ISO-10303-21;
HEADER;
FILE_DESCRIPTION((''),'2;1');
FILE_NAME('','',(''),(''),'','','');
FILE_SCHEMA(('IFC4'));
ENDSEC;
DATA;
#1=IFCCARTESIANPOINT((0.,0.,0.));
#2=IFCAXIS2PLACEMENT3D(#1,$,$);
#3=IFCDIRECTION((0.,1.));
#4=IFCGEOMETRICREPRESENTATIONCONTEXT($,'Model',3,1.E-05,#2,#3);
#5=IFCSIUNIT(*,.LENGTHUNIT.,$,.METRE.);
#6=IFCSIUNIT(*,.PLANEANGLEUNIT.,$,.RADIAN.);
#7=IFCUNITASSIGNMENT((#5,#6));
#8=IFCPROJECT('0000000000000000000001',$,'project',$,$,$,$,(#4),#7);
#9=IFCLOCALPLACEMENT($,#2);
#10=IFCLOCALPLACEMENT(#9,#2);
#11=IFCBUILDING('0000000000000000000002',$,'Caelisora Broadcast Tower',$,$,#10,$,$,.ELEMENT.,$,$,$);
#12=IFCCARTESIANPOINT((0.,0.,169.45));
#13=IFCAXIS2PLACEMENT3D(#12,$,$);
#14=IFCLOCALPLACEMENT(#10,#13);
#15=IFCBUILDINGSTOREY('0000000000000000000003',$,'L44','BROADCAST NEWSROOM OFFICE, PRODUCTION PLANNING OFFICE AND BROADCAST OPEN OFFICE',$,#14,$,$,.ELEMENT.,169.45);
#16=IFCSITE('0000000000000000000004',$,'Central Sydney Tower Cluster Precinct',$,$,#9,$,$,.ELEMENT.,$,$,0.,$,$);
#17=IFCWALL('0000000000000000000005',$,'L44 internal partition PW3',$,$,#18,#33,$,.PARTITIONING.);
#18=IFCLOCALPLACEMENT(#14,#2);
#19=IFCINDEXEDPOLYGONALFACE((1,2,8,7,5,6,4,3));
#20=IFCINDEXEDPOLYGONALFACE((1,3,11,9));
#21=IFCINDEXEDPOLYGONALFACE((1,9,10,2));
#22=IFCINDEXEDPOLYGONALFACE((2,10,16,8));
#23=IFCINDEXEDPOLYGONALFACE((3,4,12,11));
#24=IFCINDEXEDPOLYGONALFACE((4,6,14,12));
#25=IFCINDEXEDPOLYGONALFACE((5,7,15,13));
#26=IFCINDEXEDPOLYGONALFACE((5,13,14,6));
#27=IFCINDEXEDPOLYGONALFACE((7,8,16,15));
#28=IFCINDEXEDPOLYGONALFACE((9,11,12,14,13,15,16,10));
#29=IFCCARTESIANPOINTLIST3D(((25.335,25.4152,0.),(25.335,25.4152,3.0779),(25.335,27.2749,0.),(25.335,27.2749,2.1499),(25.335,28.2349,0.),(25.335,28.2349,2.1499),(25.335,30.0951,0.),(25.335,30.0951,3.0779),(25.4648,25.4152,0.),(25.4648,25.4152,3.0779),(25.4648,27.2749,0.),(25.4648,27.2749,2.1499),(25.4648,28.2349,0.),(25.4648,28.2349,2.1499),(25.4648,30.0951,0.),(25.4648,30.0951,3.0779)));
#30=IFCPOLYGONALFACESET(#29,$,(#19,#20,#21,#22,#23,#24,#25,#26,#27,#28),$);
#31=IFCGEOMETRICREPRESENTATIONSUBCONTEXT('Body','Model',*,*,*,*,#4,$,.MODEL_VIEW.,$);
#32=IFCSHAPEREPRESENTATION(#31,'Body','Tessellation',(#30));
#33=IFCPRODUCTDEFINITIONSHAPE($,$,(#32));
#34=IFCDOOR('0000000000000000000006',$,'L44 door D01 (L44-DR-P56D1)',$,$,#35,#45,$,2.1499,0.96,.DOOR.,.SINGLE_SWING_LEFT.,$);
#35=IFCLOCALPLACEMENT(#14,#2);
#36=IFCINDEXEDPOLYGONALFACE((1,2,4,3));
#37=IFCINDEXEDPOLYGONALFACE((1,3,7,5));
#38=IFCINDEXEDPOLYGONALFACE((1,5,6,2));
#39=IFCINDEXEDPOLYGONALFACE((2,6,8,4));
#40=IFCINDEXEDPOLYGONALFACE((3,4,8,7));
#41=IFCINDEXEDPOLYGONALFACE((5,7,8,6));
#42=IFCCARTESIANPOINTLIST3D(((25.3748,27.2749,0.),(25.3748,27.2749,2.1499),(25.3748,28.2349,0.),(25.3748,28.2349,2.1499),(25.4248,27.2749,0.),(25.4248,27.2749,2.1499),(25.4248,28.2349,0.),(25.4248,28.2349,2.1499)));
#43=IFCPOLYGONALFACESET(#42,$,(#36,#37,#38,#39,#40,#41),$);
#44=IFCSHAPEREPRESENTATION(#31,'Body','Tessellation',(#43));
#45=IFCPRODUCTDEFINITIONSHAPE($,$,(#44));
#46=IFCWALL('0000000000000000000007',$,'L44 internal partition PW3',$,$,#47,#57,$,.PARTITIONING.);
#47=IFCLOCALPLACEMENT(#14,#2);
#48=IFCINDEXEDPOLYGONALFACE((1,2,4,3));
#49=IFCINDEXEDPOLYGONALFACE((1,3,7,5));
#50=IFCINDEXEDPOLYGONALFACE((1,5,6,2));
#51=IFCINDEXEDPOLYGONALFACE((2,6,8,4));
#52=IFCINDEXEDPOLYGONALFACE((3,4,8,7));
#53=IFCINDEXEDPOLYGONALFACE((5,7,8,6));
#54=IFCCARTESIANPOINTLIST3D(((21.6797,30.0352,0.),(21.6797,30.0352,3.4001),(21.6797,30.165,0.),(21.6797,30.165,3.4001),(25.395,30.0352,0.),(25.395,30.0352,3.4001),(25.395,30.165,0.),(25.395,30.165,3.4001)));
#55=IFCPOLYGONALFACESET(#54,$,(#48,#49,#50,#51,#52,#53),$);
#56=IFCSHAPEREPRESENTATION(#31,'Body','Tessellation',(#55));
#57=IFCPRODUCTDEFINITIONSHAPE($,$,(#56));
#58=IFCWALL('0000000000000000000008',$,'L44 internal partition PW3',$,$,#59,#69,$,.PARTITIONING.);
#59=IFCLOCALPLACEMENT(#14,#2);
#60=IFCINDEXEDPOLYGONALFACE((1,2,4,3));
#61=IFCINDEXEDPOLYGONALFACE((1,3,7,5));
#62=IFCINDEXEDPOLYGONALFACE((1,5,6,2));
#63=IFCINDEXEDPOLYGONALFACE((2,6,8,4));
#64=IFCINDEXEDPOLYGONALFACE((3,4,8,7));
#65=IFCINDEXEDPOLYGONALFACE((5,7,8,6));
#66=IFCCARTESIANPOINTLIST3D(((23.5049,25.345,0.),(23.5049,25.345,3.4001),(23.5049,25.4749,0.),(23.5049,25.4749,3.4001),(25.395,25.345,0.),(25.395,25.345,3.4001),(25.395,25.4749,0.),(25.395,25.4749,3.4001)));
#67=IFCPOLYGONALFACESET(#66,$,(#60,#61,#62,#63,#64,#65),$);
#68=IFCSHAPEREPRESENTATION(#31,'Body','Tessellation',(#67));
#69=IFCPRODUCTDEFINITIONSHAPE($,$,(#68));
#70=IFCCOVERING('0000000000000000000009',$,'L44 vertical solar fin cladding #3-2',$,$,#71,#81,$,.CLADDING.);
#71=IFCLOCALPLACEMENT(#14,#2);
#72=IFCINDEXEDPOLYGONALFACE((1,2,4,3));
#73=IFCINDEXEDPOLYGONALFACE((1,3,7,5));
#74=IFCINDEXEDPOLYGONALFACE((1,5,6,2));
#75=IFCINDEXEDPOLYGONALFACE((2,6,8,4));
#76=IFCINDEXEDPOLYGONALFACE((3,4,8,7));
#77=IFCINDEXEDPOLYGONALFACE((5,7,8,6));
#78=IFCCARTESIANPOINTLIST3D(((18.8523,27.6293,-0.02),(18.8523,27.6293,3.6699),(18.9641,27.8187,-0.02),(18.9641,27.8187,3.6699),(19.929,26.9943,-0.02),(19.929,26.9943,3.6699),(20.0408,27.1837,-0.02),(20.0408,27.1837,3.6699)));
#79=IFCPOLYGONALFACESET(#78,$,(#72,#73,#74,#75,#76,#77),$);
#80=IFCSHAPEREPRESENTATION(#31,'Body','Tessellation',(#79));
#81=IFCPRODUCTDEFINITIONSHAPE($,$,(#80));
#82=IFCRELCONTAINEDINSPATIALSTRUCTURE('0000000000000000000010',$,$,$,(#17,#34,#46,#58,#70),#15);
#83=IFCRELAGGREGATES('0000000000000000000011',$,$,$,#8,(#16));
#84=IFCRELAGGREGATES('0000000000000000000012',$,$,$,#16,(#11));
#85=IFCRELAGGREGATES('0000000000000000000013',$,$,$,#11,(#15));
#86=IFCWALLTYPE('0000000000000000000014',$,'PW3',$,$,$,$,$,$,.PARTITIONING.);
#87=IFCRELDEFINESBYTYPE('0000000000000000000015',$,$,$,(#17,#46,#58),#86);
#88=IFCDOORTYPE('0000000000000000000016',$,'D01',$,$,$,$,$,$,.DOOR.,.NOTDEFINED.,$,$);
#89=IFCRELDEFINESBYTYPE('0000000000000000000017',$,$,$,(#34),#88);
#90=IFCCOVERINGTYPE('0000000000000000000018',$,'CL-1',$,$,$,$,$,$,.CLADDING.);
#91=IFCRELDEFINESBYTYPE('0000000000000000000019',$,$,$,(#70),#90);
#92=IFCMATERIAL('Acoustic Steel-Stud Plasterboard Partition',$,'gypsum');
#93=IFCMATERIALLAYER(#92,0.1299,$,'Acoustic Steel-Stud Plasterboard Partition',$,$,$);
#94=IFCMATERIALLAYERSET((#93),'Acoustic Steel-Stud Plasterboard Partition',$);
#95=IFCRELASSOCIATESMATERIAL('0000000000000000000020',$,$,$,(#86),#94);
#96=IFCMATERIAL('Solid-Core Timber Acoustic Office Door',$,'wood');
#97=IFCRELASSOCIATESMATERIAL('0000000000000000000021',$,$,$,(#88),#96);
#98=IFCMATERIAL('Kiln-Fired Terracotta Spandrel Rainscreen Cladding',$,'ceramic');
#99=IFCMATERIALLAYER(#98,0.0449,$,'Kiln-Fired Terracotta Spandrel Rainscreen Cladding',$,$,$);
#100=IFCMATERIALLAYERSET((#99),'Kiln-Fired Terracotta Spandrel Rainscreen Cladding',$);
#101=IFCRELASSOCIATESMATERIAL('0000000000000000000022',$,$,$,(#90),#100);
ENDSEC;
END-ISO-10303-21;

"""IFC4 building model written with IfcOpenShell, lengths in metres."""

from ifc_helpers import new_model, si_unit, direction, frame, frame_2d, origin, origin_2d, place, context, subcontext, project, spatial, rectangle, extrude, source, transform, mapped, material, layer, layer_set, type_object, type_shapes, element, fill, save


model = new_model("IFC4")

# Units and contexts
model_context = context("Model", 3, precision=1e-05, world=origin(), true_north=direction((0.0, 1.0)))
body_context = subcontext(model_context, "Body", "Model", "MODEL_VIEW")
ifc_project = project(units=[si_unit("LENGTHUNIT", "METRE"), si_unit("PLANEANGLEUNIT", "RADIAN")], contexts=[model_context])

# Site, building, storey
site_placement = place(None, origin())
site = spatial("IfcSite", under=ifc_project, at=site_placement, Name="Central Sydney Tower Cluster Precinct", CompositionType="ELEMENT", RefElevation=0.0)
building_placement = place(site_placement, origin())
building = spatial("IfcBuilding", under=site, at=building_placement, Name="Caelisora Broadcast Tower", CompositionType="ELEMENT")
storey_placement = place(building_placement, frame((0.0, 0.0, 169.45)))
storey = spatial("IfcBuildingStorey", under=building, at=storey_placement, Name="L44", Description="BROADCAST NEWSROOM OFFICE, PRODUCTION PLANNING OFFICE AND BROADCAST OPEN OFFICE", CompositionType="ELEMENT", Elevation=169.45)

# Shared definitions
ifc_material_1 = material(Name="Acoustic Steel-Stud Plasterboard Partition", Category="gypsum")
ifc_layer_1 = layer(ifc_material_1, 0.1299, Name="Acoustic Steel-Stud Plasterboard Partition")
ifc_layer_set_1 = layer_set([ifc_layer_1], Name="Acoustic Steel-Stud Plasterboard Partition")
wall_type = type_object("IfcWallType", Name="PW3", PredefinedType="PARTITIONING", material=ifc_layer_set_1)
ifc_material_2 = material(Name="Solid-Core Timber Acoustic Office Door", Category="wood")
door_type = type_object("IfcDoorType", Name="D01", OperationType="NOTDEFINED", PredefinedType="DOOR", material=ifc_material_2)

# Wall, opening, door
wall_1_placement = place(storey_placement, frame((25.3999, 30.095, 0.0), z_axis=(0.0, 0.0, 1.0), x_axis=(0.0, -1.0, 0.0)))
wall_1 = element("IfcWall", 1, at=wall_1_placement, inside=storey, type_object=wall_type, Name="L44 internal partition PW3", PredefinedType="PARTITIONING", context=body_context, shape_type="SweptSolid", body=[
    extrude(rectangle(XDim=4.6799, YDim=0.1299, at=frame_2d((2.3398, 0.0))), origin(), (0.0, 0.0, 1.0), 3.0779),
])
opening_1_placement = place(wall_1_placement, frame((1.8601, 0.0, 0.0)))
opening_1 = element("IfcOpeningElement", 2, at=opening_1_placement, cuts=wall_1, PredefinedType="OPENING", context=body_context, shape_type="SweptSolid", body=[
    extrude(rectangle(XDim=0.96, YDim=2.1499, at=frame_2d((0.48, 1.075))), frame((0.0, 0.0769, 0.0), z_axis=(0.0, -1.0, 0.0), x_axis=(1.0, 0.0, 0.0)), (0.0, 0.0, 1.0), 0.1538),
])
door_1_placement = place(opening_1_placement, origin())
door_1 = element("IfcDoor", 3, at=door_1_placement, inside=storey, type_object=door_type, Name="L44 door D01 (L44-DR-P56D1)", OperationType="SINGLE_SWING_LEFT", OverallHeight=2.1499, OverallWidth=0.96, PredefinedType="DOOR", context=body_context, shape_type="SweptSolid", body=[
    extrude(rectangle(XDim=0.96, YDim=2.1499, at=frame_2d((0.48, 1.075))), frame((0.0, 0.0249, 0.0), z_axis=(0.0, -1.0, 0.0), x_axis=(1.0, 0.0, 0.0)), (0.0, 0.0, 1.0), 0.05),
])
fill(opening_1, door_1)

# Walls
wall_2_placement = place(storey_placement, frame((21.6797, 30.1001, 0.0), z_axis=(0.0, 0.0, 1.0), x_axis=(1.0, 0.0, 0.0)))
element("IfcWall", 4, at=wall_2_placement, inside=storey, type_object=wall_type, Name="L44 internal partition PW3", PredefinedType="PARTITIONING", context=body_context, shape_type="SweptSolid", body=[
    extrude(rectangle(XDim=3.7153, YDim=0.1299, at=frame_2d((1.8577, 0.0))), origin(), (0.0, 0.0, 1.0), 3.4001),
])
wall_3_placement = place(storey_placement, frame((23.5049, 25.4099, 0.0), z_axis=(0.0, 0.0, 1.0), x_axis=(1.0, 0.0, 0.0)))
element("IfcWall", 5, at=wall_3_placement, inside=storey, type_object=wall_type, Name="L44 internal partition PW3", PredefinedType="PARTITIONING", context=body_context, shape_type="SweptSolid", body=[
    extrude(rectangle(XDim=1.8901, YDim=0.1299, at=frame_2d((0.9451, 0.0))), origin(), (0.0, 0.0, 1.0), 3.4001),
])

# Covering
ifc_material_3 = material(Name="Kiln-Fired Terracotta Spandrel Rainscreen Cladding", Category="ceramic")
ifc_layer_2 = layer(ifc_material_3, 0.0449, Name="Kiln-Fired Terracotta Spandrel Rainscreen Cladding")
ifc_layer_set_2 = layer_set([ifc_layer_2], Name="Kiln-Fired Terracotta Spandrel Rainscreen Cladding")
covering_type = type_object("IfcCoveringType", Name="CL-1", PredefinedType="CLADDING", material=ifc_layer_set_2)
shared_shape_1 = source(origin(), body_context, "Body", "SweptSolid", [
    extrude(rectangle(XDim=0.22, YDim=1.25, at=origin_2d()), origin(), (0.0, 0.0, 1.0), 3.6899),
])
type_shapes(covering_type, [shared_shape_1])
covering_placement = place(storey_placement, frame((19.4465, 27.4065, -0.02), z_axis=(0.0, 0.0, 1.0), x_axis=(0.507989, 0.861363, 0.0)))
element("IfcCovering", 6, at=covering_placement, inside=storey, type_object=covering_type, Name="L44 vertical solar fin cladding #3-2", PredefinedType="CLADDING", context=body_context, shape_type="MappedRepresentation", body=[
    mapped(shared_shape_1, transform((0.0, 0.0, 0.0), scale=1.0)),
])

save(model, "model.ifc")
